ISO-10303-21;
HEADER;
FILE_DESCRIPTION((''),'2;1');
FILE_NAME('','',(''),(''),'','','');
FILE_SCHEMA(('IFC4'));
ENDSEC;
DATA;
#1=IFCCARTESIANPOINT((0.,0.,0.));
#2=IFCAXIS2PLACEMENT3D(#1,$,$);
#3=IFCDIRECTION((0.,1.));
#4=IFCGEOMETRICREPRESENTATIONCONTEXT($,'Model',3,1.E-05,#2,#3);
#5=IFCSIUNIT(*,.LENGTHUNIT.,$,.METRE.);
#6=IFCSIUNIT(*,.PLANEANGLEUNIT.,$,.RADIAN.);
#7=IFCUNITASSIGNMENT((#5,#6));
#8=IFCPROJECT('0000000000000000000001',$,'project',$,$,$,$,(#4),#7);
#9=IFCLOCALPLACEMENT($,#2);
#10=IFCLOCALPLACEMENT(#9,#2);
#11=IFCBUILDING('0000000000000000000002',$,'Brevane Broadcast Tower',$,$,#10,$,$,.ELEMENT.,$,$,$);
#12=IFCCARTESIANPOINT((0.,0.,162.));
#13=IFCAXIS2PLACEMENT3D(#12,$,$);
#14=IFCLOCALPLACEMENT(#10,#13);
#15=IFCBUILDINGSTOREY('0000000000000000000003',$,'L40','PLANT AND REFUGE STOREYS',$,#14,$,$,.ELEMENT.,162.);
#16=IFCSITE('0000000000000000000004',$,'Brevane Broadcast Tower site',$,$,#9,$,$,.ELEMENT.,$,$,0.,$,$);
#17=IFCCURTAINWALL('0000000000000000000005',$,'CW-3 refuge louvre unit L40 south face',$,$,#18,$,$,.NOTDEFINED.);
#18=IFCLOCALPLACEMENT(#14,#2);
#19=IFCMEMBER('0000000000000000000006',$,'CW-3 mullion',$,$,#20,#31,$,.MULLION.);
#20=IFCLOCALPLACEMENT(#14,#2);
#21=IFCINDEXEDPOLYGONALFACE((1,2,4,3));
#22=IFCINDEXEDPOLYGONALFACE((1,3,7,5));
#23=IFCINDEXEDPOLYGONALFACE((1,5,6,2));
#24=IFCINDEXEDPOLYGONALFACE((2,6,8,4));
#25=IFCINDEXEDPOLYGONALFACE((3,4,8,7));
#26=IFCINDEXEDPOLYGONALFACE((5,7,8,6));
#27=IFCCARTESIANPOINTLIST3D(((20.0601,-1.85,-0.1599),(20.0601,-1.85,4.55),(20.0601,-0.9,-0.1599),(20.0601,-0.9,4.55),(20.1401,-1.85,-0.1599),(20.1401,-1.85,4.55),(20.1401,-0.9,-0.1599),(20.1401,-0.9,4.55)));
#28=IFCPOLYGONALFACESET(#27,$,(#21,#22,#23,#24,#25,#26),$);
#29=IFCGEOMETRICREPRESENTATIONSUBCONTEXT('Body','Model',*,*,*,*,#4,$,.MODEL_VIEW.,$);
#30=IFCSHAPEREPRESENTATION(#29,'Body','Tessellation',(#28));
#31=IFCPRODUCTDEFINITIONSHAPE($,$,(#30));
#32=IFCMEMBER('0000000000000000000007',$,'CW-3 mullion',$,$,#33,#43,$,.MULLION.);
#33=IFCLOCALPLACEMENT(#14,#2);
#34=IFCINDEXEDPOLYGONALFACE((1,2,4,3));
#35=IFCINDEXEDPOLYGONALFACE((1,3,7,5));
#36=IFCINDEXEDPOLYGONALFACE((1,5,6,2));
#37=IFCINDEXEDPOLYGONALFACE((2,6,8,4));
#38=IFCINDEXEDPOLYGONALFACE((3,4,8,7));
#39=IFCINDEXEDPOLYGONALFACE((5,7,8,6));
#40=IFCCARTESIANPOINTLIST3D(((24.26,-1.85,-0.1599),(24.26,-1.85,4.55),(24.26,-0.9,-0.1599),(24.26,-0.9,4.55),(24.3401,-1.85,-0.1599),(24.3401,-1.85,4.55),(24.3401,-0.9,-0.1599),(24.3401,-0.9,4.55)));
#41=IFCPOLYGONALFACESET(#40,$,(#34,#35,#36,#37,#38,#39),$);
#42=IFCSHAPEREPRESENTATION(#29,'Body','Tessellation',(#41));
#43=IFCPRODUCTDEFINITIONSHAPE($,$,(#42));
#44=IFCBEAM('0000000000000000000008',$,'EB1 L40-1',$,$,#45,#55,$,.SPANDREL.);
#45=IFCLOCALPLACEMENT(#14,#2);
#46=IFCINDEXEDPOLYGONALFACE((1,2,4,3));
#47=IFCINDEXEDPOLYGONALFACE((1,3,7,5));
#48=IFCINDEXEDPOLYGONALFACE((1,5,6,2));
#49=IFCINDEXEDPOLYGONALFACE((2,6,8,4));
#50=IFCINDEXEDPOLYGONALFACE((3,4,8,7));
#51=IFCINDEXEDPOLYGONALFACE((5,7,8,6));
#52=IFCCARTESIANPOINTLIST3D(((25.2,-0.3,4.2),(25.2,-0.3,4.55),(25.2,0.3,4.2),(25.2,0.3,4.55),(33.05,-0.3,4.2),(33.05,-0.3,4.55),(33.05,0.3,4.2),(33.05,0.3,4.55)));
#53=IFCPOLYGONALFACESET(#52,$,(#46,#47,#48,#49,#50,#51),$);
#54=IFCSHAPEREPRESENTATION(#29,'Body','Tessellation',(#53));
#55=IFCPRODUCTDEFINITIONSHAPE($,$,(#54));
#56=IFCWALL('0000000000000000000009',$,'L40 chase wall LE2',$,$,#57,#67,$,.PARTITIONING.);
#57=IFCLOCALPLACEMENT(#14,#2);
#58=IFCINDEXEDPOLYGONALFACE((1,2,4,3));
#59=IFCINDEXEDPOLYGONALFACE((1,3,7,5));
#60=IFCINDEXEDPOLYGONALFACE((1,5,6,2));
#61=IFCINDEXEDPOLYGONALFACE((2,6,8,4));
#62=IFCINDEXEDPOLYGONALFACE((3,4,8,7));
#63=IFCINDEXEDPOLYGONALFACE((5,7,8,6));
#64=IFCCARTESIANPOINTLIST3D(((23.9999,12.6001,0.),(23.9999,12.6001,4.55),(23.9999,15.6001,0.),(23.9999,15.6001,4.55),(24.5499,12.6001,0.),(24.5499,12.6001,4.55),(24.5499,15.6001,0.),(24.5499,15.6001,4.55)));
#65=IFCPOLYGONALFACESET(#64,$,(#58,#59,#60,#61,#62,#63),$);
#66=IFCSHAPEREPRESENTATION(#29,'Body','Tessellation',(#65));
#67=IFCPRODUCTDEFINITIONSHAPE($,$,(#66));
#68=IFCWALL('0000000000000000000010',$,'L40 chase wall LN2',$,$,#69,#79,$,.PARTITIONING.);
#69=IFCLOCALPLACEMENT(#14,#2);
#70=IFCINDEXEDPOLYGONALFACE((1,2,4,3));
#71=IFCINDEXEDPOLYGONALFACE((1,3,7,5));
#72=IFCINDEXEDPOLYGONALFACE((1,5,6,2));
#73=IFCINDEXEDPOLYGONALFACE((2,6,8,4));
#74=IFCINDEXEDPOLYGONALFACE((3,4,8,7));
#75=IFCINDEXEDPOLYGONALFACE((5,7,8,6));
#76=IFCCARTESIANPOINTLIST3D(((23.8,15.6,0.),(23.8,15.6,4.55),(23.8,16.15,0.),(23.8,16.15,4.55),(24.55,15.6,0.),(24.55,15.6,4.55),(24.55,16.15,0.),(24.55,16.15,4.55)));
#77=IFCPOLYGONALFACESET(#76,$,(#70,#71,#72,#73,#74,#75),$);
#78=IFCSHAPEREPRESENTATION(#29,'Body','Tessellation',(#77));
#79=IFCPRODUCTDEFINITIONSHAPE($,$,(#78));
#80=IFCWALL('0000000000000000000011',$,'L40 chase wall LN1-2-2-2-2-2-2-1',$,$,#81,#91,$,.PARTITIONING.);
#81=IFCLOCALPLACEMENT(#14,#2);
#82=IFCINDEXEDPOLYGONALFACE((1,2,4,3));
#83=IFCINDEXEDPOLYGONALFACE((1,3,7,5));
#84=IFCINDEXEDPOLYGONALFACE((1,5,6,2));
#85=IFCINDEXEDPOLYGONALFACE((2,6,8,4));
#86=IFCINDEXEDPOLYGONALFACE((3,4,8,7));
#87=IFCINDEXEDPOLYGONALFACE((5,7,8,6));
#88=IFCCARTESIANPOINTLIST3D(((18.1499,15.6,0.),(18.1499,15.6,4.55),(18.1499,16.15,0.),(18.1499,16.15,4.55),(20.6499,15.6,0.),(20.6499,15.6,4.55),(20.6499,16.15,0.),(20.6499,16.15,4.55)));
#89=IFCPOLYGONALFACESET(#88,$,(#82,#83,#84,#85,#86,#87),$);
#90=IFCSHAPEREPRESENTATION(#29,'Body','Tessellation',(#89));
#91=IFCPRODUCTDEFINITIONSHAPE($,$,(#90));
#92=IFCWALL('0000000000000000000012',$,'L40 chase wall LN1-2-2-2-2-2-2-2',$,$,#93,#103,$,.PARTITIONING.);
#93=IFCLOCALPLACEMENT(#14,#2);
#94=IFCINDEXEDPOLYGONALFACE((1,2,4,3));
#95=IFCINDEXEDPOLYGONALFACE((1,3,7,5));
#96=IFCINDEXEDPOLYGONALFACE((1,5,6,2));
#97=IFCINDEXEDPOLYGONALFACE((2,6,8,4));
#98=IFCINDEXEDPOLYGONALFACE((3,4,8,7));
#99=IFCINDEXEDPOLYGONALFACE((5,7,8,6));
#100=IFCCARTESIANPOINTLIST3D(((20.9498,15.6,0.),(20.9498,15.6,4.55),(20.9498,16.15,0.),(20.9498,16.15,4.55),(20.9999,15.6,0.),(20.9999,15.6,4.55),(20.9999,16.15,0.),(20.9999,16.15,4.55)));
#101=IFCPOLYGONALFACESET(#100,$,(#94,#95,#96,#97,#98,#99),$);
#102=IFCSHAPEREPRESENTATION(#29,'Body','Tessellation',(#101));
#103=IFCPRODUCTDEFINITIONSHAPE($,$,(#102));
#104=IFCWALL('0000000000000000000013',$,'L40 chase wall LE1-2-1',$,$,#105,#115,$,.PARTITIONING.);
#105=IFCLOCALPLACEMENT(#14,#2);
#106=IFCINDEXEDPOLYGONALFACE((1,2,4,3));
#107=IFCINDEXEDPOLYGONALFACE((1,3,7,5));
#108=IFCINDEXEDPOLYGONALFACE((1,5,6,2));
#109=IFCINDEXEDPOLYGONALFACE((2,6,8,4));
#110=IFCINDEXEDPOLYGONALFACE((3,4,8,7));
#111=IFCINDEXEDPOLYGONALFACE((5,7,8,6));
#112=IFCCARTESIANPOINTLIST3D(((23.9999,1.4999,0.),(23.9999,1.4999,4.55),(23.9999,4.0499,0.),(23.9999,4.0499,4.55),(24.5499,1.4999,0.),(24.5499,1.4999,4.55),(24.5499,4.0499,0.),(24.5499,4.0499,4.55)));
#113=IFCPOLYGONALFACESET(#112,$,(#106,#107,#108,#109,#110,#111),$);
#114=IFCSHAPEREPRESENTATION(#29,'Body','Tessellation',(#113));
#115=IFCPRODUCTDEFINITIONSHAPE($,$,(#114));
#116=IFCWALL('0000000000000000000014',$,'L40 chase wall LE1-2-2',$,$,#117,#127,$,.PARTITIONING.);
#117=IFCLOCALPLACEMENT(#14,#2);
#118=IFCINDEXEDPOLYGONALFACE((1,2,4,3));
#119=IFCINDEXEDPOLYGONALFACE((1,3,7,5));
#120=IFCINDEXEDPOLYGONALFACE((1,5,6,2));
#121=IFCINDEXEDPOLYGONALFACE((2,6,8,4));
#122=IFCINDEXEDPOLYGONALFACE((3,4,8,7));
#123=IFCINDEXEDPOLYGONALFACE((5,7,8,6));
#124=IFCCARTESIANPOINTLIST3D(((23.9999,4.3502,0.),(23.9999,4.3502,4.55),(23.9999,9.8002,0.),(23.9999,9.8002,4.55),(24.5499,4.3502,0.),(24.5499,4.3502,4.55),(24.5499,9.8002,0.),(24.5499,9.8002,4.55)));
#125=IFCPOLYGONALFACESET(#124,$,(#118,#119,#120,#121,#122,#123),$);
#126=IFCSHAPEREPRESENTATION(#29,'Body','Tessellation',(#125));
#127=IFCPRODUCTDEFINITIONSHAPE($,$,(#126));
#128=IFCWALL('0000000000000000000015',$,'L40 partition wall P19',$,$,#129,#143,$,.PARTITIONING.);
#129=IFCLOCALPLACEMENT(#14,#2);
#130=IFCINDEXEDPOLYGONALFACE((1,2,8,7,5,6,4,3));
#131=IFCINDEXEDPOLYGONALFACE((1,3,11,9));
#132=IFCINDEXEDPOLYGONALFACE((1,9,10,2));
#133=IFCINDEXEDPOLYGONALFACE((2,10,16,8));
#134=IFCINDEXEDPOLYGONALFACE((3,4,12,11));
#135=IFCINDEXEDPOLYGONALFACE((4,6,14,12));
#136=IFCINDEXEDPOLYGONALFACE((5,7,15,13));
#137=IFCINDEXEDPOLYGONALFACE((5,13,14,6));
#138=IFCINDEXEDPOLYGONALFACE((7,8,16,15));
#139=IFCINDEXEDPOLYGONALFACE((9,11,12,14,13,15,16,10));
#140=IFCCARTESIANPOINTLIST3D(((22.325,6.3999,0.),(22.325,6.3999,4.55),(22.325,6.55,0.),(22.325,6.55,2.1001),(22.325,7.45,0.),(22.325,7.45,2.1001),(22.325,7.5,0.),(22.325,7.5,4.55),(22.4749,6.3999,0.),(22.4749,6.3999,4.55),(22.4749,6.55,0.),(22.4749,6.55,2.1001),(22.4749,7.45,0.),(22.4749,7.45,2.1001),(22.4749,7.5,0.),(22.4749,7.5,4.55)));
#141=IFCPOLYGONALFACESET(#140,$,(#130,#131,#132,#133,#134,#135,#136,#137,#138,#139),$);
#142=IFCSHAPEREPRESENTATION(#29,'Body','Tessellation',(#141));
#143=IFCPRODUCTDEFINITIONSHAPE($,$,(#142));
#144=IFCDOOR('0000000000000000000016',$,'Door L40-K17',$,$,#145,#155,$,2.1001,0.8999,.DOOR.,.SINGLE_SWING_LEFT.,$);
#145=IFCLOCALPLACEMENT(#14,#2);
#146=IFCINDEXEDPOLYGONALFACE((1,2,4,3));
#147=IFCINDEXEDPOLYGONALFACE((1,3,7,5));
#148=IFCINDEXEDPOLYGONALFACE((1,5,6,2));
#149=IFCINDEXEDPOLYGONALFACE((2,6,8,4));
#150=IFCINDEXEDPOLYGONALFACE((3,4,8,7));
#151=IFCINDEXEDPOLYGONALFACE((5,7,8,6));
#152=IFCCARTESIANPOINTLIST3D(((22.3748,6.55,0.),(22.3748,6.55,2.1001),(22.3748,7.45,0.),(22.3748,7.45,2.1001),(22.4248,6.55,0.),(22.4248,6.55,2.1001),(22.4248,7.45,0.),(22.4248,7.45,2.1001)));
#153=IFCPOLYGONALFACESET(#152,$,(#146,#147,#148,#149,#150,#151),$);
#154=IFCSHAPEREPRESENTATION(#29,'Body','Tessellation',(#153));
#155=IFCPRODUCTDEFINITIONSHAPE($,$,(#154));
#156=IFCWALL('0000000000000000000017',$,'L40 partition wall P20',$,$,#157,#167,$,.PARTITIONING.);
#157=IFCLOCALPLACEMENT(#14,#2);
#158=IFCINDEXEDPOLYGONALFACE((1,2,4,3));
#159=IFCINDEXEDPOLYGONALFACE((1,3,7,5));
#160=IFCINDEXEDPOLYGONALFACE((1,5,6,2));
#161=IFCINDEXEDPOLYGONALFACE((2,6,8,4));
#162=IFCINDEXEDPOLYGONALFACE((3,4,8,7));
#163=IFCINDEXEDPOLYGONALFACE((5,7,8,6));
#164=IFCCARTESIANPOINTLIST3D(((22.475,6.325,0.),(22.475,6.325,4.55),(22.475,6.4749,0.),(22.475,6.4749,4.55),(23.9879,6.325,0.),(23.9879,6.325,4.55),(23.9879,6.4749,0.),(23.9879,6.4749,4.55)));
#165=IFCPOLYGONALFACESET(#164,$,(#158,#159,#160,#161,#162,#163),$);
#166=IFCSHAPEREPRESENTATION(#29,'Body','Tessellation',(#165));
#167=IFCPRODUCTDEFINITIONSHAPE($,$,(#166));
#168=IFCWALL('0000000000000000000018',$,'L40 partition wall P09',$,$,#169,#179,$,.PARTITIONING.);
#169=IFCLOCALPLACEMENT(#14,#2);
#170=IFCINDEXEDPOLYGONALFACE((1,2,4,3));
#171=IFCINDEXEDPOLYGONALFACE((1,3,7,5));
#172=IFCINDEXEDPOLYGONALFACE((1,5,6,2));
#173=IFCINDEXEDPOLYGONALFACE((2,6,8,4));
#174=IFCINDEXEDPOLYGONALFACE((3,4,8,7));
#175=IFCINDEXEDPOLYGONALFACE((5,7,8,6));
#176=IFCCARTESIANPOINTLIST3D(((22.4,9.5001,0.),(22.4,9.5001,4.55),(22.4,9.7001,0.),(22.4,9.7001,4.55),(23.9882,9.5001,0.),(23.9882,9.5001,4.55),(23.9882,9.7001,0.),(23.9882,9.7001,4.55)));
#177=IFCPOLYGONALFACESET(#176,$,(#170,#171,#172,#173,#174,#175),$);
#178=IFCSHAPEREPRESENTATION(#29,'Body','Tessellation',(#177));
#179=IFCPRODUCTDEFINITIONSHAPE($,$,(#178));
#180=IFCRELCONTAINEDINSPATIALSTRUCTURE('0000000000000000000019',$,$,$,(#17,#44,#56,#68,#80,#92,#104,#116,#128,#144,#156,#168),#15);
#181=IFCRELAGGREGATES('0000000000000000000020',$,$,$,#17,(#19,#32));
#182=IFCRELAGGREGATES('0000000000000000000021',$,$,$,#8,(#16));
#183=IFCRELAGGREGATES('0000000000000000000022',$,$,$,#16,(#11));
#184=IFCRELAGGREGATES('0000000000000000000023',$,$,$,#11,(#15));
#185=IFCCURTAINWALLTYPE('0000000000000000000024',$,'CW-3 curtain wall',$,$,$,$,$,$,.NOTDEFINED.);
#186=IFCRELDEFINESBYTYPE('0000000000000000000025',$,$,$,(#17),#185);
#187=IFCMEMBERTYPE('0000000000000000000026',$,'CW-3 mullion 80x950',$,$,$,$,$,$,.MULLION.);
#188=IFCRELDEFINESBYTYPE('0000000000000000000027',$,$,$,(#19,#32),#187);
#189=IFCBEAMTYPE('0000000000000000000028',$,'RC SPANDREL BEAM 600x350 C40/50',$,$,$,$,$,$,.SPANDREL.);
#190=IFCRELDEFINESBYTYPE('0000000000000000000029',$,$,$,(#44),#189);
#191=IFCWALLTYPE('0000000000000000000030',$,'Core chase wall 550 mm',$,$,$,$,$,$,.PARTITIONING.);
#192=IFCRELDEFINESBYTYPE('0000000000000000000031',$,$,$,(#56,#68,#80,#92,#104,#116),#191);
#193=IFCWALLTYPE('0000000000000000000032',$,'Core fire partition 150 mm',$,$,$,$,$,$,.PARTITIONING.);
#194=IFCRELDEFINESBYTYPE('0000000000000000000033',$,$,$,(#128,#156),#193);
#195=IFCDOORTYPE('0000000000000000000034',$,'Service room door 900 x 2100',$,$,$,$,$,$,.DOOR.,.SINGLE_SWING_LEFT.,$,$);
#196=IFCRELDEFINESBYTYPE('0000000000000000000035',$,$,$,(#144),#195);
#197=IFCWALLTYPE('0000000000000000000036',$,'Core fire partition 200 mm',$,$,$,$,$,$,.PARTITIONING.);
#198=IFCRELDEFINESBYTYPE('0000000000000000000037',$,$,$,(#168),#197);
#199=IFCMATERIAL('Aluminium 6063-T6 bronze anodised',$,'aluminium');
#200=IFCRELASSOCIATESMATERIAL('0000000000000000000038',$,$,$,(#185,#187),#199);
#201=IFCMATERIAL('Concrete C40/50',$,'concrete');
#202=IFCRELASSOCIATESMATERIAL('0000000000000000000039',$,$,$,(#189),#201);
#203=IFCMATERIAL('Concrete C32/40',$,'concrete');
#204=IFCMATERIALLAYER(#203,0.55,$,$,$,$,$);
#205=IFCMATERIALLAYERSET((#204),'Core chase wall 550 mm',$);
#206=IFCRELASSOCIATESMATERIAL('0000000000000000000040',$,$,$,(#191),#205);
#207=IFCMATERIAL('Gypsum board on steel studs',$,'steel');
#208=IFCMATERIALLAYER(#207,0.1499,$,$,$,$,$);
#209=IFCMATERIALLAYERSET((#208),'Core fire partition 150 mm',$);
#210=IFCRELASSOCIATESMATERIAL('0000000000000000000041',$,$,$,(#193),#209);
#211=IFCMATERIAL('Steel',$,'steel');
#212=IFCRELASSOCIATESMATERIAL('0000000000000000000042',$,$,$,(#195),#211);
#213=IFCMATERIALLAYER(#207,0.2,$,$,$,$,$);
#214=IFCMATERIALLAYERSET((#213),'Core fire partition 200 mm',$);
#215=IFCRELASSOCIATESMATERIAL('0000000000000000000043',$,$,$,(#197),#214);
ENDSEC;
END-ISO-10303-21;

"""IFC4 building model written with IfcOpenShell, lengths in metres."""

from ifc_helpers import new_model, si_unit, direction, frame, frame_2d, origin, origin_2d, place, context, subcontext, project, spatial, rectangle, extrude, material, layer, layer_set, material_profile, profile_set, type_object, element, fill, aggregate, save


model = new_model("IFC4")

# Units and contexts
model_context = context("Model", 3, precision=1e-05, world=origin(), true_north=direction((0.0, 1.0)))
body_context = subcontext(model_context, "Body", "Model", "MODEL_VIEW")
ifc_project = project(units=[si_unit("LENGTHUNIT", "METRE"), si_unit("PLANEANGLEUNIT", "RADIAN")], contexts=[model_context])

# Site, building, storey
site_placement = place(None, origin())
site = spatial("IfcSite", under=ifc_project, at=site_placement, Name="Brevane Broadcast Tower site", CompositionType="ELEMENT", RefElevation=0.0)
building_placement = place(site_placement, origin())
building = spatial("IfcBuilding", under=site, at=building_placement, Name="Brevane Broadcast Tower", CompositionType="ELEMENT")
storey_placement = place(building_placement, frame((0.0, 0.0, 162.0)))
storey = spatial("IfcBuildingStorey", under=building, at=storey_placement, Name="L40", Description="PLANT AND REFUGE STOREYS", CompositionType="ELEMENT", Elevation=162.0)

# Curtain wall, members
ifc_material_1 = material(Name="Aluminium 6063-T6 bronze anodised", Category="aluminium")
curtain_wall_type = type_object("IfcCurtainWallType", Name="CW-3 curtain wall", PredefinedType="NOTDEFINED", material=ifc_material_1)
curtain_wall_placement = place(storey_placement, origin())
curtain_wall = element("IfcCurtainWall", 1, at=curtain_wall_placement, inside=storey, type_object=curtain_wall_type, Name="CW-3 refuge louvre unit L40 south face", PredefinedType="NOTDEFINED")
ifc_material_profile_1 = material_profile(ifc_material_1, rectangle(XDim=0.95, YDim=0.0801, at=origin_2d()), Name="RECT 80x950")
ifc_profile_set_1 = profile_set([ifc_material_profile_1], Name="Aluminium 6063-T6 bronze anodised")
member_type = type_object("IfcMemberType", Name="CW-3 mullion 80x950", PredefinedType="MULLION", material=ifc_profile_set_1)
member_1_placement = place(storey_placement, frame((20.1001, -1.375, -0.1599), z_axis=(0.0, 0.0, 1.0), x_axis=(0.0, 1.0, 0.0)))
member_1 = element("IfcMember", 2, at=member_1_placement, type_object=member_type, Name="CW-3 mullion", PredefinedType="MULLION", context=body_context, shape_type="SweptSolid", body=[
    extrude(rectangle(XDim=0.95, YDim=0.0801, at=origin_2d()), origin(), (0.0, 0.0, 1.0), 4.71),
])
member_2_placement = place(storey_placement, frame((24.3, -1.375, -0.1599), z_axis=(0.0, 0.0, 1.0), x_axis=(0.0, 1.0, 0.0)))
member_2 = element("IfcMember", 3, at=member_2_placement, type_object=member_type, Name="CW-3 mullion", PredefinedType="MULLION", context=body_context, shape_type="SweptSolid", body=[
    extrude(rectangle(XDim=0.95, YDim=0.0801, at=origin_2d()), origin(), (0.0, 0.0, 1.0), 4.71),
])
aggregate(curtain_wall, [member_1, member_2])

# Beam
ifc_material_2 = material(Name="Concrete C40/50", Category="concrete")
ifc_material_profile_2 = material_profile(ifc_material_2, rectangle(XDim=0.6001, YDim=0.3501, at=origin_2d()), Name="RC 600x350")
ifc_profile_set_2 = profile_set([ifc_material_profile_2], Name="Concrete C40/50")
beam_type = type_object("IfcBeamType", Name="RC SPANDREL BEAM 600x350 C40/50", PredefinedType="SPANDREL", material=ifc_profile_set_2)
beam_placement = place(storey_placement, frame((25.2, 0.0, 4.375), z_axis=(1.0, 0.0, 0.0), x_axis=(0.0, 1.0, 0.0)))
element("IfcBeam", 4, at=beam_placement, inside=storey, type_object=beam_type, Name="EB1 L40-1", PredefinedType="SPANDREL", context=body_context, shape_type="SweptSolid", body=[
    extrude(rectangle(XDim=0.6001, YDim=0.3501, at=origin_2d()), origin(), (0.0, 0.0, 1.0), 7.8501),
])

# Walls
ifc_material_3 = material(Name="Concrete C32/40", Category="concrete")
ifc_layer_1 = layer(ifc_material_3, 0.55)
ifc_layer_set_1 = layer_set([ifc_layer_1], Name="Core chase wall 550 mm")
wall_type_1 = type_object("IfcWallType", Name="Core chase wall 550 mm", PredefinedType="PARTITIONING", material=ifc_layer_set_1)
wall_1_placement = place(storey_placement, frame((24.2749, 12.6001, 0.0), z_axis=(0.0, 0.0, 1.0), x_axis=(0.0, 1.0, 0.0)))
element("IfcWall", 5, at=wall_1_placement, inside=storey, type_object=wall_type_1, Name="L40 chase wall LE2", PredefinedType="PARTITIONING", context=body_context, shape_type="SweptSolid", body=[
    extrude(rectangle(XDim=3.0, YDim=0.55, at=frame_2d((1.5, 0.0))), origin(), (0.0, 0.0, 1.0), 4.55),
])
wall_2_placement = place(storey_placement, frame((23.8, 15.875, 0.0), z_axis=(0.0, 0.0, 1.0), x_axis=(1.0, 0.0, 0.0)))
element("IfcWall", 6, at=wall_2_placement, inside=storey, type_object=wall_type_1, Name="L40 chase wall LN2", PredefinedType="PARTITIONING", context=body_context, shape_type="SweptSolid", body=[
    extrude(rectangle(XDim=0.75, YDim=0.55, at=frame_2d((0.375, 0.0))), origin(), (0.0, 0.0, 1.0), 4.55),
])
wall_3_placement = place(storey_placement, frame((18.1499, 15.875, 0.0), z_axis=(0.0, 0.0, 1.0), x_axis=(1.0, 0.0, 0.0)))
element("IfcWall", 7, at=wall_3_placement, inside=storey, type_object=wall_type_1, Name="L40 chase wall LN1-2-2-2-2-2-2-1", PredefinedType="PARTITIONING", context=body_context, shape_type="SweptSolid", body=[
    extrude(rectangle(XDim=2.5, YDim=0.55, at=frame_2d((1.25, 0.0))), origin(), (0.0, 0.0, 1.0), 4.55),
])
wall_4_placement = place(storey_placement, frame((20.95, 15.875, 0.0), z_axis=(0.0, 0.0, 1.0), x_axis=(1.0, 0.0, 0.0)))
element("IfcWall", 8, at=wall_4_placement, inside=storey, type_object=wall_type_1, Name="L40 chase wall LN1-2-2-2-2-2-2-2", PredefinedType="PARTITIONING", context=body_context, shape_type="SweptSolid", body=[
    extrude(rectangle(XDim=0.05, YDim=0.55, at=frame_2d((0.0249, 0.0))), origin(), (0.0, 0.0, 1.0), 4.55),
])
wall_5_placement = place(storey_placement, frame((24.2749, 1.5, 0.0), z_axis=(0.0, 0.0, 1.0), x_axis=(0.0, 1.0, 0.0)))
element("IfcWall", 9, at=wall_5_placement, inside=storey, type_object=wall_type_1, Name="L40 chase wall LE1-2-1", PredefinedType="PARTITIONING", context=body_context, shape_type="SweptSolid", body=[
    extrude(rectangle(XDim=2.55, YDim=0.55, at=frame_2d((1.2749, 0.0))), origin(), (0.0, 0.0, 1.0), 4.55),
])
wall_6_placement = place(storey_placement, frame((24.2749, 4.3501, 0.0), z_axis=(0.0, 0.0, 1.0), x_axis=(0.0, 1.0, 0.0)))
element("IfcWall", 10, at=wall_6_placement, inside=storey, type_object=wall_type_1, Name="L40 chase wall LE1-2-2", PredefinedType="PARTITIONING", context=body_context, shape_type="SweptSolid", body=[
    extrude(rectangle(XDim=5.45, YDim=0.55, at=frame_2d((2.7251, 0.0))), origin(), (0.0, 0.0, 1.0), 4.55),
])

# Wall, opening, door
ifc_material_4 = material(Name="Gypsum board on steel studs", Category="steel")
ifc_layer_2 = layer(ifc_material_4, 0.1499)
ifc_layer_set_2 = layer_set([ifc_layer_2], Name="Core fire partition 150 mm")
wall_type_2 = type_object("IfcWallType", Name="Core fire partition 150 mm", PredefinedType="PARTITIONING", material=ifc_layer_set_2)
wall_7_placement = place(storey_placement, frame((22.3999, 7.5, 0.0), z_axis=(0.0, 0.0, 1.0), x_axis=(0.0, -1.0, 0.0)))
wall_7 = element("IfcWall", 11, at=wall_7_placement, inside=storey, type_object=wall_type_2, Name="L40 partition wall P19", PredefinedType="PARTITIONING", context=body_context, shape_type="SweptSolid", body=[
    extrude(rectangle(XDim=1.1001, YDim=0.1499, at=frame_2d((0.55, 0.0))), origin(), (0.0, 0.0, 1.0), 4.55),
])
opening_1_placement = place(wall_7_placement, frame((0.05, 0.0, 0.0)))
opening_1 = element("IfcOpeningElement", 12, at=opening_1_placement, cuts=wall_7, PredefinedType="OPENING", context=body_context, shape_type="SweptSolid", body=[
    extrude(rectangle(XDim=0.8999, YDim=2.1001, at=frame_2d((0.45, 1.05))), frame((0.0, 0.085, 0.0), z_axis=(0.0, -1.0, 0.0), x_axis=(1.0, 0.0, 0.0)), (0.0, 0.0, 1.0), 0.1699),
])
ifc_material_5 = material(Name="Steel", Category="steel")
door_type = type_object("IfcDoorType", Name="Service room door 900 x 2100", OperationType="SINGLE_SWING_LEFT", PredefinedType="DOOR", material=ifc_material_5)
door_1_placement = place(opening_1_placement, origin())
door_1 = element("IfcDoor", 13, at=door_1_placement, inside=storey, type_object=door_type, Name="Door L40-K17", OperationType="SINGLE_SWING_LEFT", OverallHeight=2.1001, OverallWidth=0.8999, PredefinedType="DOOR", context=body_context, shape_type="SweptSolid", body=[
    extrude(rectangle(XDim=0.8999, YDim=2.1001, at=frame_2d((0.45, 1.05))), frame((0.0, 0.0249, 0.0), z_axis=(0.0, -1.0, 0.0), x_axis=(1.0, 0.0, 0.0)), (0.0, 0.0, 1.0), 0.05),
])
fill(opening_1, door_1)

# Walls
wall_8_placement = place(storey_placement, frame((22.4751, 6.3999, 0.0), z_axis=(0.0, 0.0, 1.0), x_axis=(1.0, 0.0, 0.0)))
element("IfcWall", 14, at=wall_8_placement, inside=storey, type_object=wall_type_2, Name="L40 partition wall P20", PredefinedType="PARTITIONING", context=body_context, shape_type="SweptSolid", body=[
    extrude(rectangle(XDim=1.5129, YDim=0.1499, at=frame_2d((0.7563, 0.0))), origin(), (0.0, 0.0, 1.0), 4.55),
])
ifc_layer_3 = layer(ifc_material_4, 0.2)
ifc_layer_set_3 = layer_set([ifc_layer_3], Name="Core fire partition 200 mm")
wall_type_3 = type_object("IfcWallType", Name="Core fire partition 200 mm", PredefinedType="PARTITIONING", material=ifc_layer_set_3)
wall_9_placement = place(storey_placement, frame((23.988, 9.6001, 0.0), z_axis=(0.0, 0.0, 1.0), x_axis=(-1.0, 0.0, 0.0)))
element("IfcWall", 15, at=wall_9_placement, inside=storey, type_object=wall_type_3, Name="L40 partition wall P09", PredefinedType="PARTITIONING", context=body_context, shape_type="SweptSolid", body=[
    extrude(rectangle(XDim=1.5881, YDim=0.2, at=frame_2d((0.7939, 0.0))), origin(), (0.0, 0.0, 1.0), 4.55),
])

save(model, "model.ifc")
